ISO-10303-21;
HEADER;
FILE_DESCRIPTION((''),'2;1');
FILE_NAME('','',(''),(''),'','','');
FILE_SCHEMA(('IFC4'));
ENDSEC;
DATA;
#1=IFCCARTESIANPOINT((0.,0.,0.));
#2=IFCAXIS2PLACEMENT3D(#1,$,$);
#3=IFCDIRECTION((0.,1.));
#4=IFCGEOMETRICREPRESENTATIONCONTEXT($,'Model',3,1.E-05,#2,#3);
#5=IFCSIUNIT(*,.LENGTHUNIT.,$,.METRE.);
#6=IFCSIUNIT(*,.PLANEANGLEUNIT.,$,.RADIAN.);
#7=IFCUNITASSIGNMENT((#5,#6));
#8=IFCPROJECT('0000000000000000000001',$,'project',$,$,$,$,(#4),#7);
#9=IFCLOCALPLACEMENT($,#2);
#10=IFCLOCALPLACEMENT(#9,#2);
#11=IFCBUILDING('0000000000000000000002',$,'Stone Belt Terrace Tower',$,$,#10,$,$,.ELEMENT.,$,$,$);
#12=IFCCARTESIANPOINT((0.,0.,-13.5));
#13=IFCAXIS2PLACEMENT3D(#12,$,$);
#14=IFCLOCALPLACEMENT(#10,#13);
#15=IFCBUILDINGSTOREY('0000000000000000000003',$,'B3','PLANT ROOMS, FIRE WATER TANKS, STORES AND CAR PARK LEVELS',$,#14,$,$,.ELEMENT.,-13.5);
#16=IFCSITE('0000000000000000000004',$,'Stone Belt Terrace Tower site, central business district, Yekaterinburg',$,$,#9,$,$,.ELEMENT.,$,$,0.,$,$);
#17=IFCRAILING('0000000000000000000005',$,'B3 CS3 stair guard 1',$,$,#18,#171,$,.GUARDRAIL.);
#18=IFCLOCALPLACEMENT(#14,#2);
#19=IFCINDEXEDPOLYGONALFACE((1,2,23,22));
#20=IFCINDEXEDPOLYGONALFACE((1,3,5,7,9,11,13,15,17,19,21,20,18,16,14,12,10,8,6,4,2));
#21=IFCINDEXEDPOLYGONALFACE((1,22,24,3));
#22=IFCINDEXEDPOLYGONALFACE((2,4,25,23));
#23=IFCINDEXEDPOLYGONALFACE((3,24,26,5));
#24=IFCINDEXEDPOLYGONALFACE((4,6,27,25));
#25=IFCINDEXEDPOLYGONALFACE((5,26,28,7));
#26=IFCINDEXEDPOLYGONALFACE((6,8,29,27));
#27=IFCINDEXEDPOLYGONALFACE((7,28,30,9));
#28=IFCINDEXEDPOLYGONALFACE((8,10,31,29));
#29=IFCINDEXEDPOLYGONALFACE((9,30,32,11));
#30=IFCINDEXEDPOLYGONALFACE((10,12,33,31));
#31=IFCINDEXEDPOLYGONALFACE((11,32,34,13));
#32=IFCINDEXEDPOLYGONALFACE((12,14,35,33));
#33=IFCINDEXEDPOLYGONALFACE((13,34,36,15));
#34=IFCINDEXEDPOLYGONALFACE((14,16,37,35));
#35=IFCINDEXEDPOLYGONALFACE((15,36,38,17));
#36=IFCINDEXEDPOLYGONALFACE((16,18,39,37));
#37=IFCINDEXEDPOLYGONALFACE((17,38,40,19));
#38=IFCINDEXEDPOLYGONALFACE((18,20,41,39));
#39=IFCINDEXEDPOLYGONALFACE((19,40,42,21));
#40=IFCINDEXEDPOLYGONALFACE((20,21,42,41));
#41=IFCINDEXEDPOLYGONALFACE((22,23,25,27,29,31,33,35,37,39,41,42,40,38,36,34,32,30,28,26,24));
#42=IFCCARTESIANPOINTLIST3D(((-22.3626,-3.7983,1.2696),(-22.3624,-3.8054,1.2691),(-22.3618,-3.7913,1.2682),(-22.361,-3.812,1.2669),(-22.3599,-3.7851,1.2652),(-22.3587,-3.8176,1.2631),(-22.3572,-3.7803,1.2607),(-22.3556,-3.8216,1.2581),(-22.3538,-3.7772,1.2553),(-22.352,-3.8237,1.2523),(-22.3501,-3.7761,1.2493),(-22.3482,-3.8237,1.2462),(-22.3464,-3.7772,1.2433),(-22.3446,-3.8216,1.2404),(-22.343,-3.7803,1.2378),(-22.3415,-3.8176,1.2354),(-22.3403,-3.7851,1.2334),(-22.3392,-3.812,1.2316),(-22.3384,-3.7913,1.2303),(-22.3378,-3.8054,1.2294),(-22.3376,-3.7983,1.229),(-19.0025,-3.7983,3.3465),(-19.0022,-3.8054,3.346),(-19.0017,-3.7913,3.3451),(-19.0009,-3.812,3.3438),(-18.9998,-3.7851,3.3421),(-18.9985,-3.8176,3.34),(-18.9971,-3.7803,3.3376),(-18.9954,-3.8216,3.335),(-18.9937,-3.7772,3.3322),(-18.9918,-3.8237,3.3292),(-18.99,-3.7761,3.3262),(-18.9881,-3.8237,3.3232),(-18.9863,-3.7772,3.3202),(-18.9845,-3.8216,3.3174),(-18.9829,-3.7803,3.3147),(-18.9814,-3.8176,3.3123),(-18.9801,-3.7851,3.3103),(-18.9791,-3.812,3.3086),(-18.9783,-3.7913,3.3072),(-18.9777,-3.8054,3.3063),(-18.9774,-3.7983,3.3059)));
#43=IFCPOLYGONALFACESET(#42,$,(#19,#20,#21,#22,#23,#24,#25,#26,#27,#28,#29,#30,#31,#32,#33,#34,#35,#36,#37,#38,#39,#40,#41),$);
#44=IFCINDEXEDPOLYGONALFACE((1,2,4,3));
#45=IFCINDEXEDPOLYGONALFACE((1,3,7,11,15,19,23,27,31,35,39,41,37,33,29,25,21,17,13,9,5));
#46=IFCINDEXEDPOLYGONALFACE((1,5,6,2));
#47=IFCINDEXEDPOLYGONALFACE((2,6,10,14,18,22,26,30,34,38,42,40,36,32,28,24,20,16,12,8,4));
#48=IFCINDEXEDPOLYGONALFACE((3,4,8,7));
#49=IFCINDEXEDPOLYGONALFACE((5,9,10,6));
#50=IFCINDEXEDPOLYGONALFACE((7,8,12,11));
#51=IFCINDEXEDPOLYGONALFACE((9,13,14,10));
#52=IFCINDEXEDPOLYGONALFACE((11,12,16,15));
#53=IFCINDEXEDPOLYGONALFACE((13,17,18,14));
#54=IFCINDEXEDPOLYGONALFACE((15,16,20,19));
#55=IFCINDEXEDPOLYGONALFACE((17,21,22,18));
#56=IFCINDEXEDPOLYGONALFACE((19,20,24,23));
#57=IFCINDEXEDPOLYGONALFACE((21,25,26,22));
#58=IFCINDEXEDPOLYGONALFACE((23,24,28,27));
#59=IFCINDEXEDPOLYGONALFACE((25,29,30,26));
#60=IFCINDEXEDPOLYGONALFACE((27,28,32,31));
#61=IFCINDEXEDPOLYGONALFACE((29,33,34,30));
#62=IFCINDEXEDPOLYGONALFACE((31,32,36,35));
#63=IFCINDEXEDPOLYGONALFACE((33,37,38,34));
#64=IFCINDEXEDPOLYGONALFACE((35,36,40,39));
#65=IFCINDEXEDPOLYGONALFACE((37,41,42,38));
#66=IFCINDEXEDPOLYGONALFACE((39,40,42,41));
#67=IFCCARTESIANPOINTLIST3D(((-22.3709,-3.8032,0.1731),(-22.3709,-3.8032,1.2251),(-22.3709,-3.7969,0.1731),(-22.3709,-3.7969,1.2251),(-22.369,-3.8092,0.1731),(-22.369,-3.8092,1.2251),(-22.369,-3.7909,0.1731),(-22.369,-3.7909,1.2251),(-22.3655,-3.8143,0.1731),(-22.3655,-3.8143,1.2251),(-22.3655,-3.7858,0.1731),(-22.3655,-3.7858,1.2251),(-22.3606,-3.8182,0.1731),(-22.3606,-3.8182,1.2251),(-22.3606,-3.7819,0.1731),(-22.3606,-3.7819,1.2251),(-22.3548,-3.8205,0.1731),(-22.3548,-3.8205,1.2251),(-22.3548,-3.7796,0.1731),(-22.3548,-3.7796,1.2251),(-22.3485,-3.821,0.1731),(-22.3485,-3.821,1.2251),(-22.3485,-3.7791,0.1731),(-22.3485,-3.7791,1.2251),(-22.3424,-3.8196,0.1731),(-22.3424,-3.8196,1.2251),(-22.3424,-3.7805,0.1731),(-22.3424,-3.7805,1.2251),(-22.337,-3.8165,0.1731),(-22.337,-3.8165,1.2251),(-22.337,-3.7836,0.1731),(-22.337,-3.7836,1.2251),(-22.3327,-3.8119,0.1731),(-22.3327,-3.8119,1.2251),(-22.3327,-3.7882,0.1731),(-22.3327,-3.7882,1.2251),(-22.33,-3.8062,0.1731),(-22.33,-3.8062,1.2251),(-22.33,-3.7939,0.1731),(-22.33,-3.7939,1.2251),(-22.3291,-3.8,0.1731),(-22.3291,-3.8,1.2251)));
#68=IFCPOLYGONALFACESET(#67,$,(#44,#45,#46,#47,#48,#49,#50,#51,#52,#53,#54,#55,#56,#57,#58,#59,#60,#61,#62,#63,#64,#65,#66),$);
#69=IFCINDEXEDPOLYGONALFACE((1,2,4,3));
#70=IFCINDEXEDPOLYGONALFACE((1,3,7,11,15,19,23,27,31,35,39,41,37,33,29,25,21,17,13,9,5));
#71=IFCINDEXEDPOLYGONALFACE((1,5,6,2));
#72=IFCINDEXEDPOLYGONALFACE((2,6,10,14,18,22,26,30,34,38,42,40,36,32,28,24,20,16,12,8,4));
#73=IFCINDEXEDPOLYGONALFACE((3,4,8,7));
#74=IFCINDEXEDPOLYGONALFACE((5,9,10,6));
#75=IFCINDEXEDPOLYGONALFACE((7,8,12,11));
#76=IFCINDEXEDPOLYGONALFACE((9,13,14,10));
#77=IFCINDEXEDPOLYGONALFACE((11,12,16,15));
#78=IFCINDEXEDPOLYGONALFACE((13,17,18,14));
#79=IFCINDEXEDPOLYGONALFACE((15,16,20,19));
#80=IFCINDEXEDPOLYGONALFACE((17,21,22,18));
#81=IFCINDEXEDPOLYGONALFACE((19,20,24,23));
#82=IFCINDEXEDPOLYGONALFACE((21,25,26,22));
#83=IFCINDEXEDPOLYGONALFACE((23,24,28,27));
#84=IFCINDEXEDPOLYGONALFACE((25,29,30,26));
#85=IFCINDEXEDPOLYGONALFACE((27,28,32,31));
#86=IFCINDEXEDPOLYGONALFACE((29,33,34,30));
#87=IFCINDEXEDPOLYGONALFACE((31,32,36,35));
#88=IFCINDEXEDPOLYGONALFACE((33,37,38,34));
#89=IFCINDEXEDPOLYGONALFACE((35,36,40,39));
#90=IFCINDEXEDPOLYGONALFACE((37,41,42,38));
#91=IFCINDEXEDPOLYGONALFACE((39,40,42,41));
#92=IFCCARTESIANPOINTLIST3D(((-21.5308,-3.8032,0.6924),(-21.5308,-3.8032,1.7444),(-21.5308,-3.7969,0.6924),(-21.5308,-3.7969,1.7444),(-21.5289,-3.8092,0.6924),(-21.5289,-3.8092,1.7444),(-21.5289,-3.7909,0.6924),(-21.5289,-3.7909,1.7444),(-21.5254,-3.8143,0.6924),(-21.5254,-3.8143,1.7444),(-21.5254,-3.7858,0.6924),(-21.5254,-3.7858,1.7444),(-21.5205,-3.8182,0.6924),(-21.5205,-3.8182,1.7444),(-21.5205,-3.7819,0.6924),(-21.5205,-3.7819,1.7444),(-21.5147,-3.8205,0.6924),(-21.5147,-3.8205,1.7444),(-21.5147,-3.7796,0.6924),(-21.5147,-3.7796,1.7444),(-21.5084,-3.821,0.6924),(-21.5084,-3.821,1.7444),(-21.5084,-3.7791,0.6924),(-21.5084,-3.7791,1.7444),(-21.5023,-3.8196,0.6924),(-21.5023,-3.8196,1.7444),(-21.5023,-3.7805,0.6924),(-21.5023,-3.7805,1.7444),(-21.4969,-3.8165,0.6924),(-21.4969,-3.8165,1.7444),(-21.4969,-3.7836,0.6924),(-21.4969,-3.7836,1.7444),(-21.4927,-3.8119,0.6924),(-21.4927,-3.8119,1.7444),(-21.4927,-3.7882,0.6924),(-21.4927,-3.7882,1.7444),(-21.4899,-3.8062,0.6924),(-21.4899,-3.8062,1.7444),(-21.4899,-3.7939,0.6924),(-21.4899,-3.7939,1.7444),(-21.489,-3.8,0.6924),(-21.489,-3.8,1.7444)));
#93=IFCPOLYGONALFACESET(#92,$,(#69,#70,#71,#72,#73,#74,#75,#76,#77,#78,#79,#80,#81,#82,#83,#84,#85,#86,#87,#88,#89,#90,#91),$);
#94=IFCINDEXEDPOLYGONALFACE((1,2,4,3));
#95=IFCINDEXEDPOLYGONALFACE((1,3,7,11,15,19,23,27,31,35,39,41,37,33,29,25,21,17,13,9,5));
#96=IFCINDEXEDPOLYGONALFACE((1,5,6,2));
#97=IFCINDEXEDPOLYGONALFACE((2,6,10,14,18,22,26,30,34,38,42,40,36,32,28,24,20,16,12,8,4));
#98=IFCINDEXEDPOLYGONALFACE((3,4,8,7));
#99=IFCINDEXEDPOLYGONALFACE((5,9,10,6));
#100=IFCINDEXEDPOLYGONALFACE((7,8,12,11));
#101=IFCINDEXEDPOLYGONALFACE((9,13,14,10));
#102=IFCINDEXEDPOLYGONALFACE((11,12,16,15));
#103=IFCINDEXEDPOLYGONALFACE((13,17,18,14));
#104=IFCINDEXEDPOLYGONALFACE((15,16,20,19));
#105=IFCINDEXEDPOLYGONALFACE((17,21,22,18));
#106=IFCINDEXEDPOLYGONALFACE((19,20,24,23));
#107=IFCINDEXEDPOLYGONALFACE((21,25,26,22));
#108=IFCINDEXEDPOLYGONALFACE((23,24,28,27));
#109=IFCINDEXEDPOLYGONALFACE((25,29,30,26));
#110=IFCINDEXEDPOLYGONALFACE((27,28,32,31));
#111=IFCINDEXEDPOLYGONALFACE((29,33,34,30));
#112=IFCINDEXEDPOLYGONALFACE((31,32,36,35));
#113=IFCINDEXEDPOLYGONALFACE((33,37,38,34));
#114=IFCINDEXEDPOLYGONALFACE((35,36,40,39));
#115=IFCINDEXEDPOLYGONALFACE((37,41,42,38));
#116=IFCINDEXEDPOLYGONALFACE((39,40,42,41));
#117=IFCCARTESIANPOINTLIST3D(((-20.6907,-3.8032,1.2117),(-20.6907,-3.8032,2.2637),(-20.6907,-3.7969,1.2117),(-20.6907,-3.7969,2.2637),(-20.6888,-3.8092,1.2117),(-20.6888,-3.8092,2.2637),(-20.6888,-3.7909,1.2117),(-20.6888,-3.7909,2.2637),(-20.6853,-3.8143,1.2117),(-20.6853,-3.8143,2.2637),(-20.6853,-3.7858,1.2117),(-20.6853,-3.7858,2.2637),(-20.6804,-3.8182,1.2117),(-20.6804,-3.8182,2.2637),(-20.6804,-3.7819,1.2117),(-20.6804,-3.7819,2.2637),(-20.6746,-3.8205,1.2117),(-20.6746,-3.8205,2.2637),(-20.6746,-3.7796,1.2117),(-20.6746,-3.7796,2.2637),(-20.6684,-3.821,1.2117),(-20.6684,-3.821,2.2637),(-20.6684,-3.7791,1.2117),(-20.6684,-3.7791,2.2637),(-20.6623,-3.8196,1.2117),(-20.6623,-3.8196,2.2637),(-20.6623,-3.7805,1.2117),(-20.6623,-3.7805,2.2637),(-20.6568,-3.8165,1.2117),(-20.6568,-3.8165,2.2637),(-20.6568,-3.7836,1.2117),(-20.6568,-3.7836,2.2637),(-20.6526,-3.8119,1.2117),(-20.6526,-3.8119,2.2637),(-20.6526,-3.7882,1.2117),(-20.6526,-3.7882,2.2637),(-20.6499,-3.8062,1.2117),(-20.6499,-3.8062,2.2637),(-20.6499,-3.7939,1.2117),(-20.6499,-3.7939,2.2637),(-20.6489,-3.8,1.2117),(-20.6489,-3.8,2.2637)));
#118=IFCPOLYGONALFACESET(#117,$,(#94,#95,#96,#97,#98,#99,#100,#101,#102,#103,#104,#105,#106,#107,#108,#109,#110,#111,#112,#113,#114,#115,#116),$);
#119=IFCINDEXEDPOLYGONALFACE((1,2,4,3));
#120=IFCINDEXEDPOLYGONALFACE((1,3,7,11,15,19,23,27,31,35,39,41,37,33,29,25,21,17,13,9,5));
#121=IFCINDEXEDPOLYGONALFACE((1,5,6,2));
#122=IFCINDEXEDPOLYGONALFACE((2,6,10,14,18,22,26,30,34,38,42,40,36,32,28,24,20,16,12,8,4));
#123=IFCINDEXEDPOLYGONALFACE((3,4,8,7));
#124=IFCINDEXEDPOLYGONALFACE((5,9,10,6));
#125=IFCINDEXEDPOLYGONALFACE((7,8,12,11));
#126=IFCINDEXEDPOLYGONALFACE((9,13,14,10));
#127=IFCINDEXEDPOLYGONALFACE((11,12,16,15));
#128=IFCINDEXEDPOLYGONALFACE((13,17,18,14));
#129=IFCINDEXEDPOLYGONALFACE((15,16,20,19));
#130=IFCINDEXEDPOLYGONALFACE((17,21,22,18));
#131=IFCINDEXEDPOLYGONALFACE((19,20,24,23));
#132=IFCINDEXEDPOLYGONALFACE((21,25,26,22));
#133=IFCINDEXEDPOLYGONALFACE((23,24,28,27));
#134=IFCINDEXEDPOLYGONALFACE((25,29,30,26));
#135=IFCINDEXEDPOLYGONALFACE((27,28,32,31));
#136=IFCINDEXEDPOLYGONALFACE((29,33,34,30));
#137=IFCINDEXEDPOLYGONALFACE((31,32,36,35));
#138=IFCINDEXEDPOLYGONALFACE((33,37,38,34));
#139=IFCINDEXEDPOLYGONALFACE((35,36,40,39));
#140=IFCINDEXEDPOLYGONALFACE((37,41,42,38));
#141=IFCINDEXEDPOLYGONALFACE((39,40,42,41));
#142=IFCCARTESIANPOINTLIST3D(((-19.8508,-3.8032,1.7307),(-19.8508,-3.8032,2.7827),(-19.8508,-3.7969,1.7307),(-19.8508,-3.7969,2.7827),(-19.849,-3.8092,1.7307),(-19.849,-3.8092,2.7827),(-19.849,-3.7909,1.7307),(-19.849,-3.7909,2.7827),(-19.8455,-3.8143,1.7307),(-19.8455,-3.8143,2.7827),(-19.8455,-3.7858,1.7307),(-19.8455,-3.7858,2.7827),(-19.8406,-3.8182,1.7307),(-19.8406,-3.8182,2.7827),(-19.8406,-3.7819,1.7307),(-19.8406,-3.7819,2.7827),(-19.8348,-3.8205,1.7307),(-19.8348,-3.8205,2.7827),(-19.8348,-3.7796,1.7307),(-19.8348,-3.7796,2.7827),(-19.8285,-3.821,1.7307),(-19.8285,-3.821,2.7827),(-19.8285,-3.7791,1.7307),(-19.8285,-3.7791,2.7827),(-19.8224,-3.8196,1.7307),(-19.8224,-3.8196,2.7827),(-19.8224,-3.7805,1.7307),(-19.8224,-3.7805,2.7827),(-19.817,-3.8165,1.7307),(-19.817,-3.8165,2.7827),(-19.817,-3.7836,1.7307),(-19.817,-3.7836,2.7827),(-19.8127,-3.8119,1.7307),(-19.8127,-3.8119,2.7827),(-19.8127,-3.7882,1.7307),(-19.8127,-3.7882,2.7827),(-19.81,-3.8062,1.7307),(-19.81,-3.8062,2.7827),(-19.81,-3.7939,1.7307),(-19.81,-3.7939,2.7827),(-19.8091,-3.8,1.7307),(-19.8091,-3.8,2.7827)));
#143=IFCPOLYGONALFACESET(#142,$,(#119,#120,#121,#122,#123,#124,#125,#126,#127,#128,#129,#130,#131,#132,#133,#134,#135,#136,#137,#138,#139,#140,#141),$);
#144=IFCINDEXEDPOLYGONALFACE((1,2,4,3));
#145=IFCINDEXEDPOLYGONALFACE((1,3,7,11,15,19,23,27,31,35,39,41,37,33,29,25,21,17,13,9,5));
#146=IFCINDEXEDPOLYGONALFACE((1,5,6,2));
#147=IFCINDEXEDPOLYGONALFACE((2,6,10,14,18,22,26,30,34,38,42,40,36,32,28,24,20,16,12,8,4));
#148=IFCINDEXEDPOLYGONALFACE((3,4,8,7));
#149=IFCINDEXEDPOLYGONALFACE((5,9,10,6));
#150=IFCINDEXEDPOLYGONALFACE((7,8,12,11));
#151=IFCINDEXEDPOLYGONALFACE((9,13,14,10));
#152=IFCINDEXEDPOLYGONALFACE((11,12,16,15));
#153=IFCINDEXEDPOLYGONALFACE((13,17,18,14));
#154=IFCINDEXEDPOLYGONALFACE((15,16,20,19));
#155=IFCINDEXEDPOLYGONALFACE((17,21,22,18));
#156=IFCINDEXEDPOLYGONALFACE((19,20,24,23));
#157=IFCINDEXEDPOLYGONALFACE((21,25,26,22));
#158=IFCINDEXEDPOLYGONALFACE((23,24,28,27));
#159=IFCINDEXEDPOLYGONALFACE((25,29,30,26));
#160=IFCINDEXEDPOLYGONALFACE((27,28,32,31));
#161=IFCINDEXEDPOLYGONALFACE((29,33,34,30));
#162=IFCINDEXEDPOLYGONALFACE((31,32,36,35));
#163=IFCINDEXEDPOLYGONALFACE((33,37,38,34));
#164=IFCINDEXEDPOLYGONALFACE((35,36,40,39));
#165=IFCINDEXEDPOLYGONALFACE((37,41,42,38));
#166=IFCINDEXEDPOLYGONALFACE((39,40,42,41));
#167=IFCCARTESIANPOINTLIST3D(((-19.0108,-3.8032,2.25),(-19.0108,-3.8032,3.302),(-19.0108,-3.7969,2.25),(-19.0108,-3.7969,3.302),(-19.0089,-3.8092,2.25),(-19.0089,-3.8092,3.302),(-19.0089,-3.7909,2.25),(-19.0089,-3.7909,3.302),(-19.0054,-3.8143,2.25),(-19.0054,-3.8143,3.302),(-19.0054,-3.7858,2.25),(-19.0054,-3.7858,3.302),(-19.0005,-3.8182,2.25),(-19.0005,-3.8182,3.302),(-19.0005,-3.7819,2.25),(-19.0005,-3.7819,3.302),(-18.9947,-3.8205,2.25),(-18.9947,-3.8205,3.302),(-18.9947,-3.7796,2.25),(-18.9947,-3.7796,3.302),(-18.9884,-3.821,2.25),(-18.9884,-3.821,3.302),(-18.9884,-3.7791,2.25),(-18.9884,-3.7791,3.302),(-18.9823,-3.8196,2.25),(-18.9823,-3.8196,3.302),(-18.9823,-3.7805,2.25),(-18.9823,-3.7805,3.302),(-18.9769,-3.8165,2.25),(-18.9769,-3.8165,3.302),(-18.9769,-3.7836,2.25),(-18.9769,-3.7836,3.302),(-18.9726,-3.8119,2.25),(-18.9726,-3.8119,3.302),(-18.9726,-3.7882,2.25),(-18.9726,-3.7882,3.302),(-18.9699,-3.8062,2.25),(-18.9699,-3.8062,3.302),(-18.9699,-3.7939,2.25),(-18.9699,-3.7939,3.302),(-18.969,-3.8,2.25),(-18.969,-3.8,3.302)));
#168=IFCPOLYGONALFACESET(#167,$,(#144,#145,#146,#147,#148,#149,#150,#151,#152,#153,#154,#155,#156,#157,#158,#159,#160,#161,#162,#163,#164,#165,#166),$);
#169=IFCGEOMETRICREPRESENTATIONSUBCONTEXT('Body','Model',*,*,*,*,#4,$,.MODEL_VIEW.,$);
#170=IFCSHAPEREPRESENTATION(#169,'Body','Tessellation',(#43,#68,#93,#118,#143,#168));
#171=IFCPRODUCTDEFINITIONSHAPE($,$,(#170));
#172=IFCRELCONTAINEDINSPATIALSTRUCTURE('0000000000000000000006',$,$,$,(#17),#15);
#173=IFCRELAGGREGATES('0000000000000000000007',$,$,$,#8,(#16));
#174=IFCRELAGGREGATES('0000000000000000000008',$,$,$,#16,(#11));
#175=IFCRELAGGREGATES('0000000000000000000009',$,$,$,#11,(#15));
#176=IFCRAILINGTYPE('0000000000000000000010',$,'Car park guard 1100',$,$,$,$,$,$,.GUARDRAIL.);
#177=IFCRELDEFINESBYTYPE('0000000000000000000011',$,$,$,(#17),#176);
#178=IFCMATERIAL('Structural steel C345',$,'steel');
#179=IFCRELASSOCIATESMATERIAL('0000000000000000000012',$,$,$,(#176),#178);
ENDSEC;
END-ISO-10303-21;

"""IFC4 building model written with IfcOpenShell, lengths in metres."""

from ifc_helpers import new_model, si_unit, direction, frame, origin, origin_2d, place, context, subcontext, project, spatial, circle, extrude, material, type_object, element, save


model = new_model("IFC4")

# Units and contexts
model_context = context("Model", 3, precision=1e-05, world=origin(), true_north=direction((0.0, 1.0)))
body_context = subcontext(model_context, "Body", "Model", "MODEL_VIEW")
ifc_project = project(units=[si_unit("LENGTHUNIT", "METRE"), si_unit("PLANEANGLEUNIT", "RADIAN")], contexts=[model_context])

# Site, building, storey
site_placement = place(None, origin())
site = spatial("IfcSite", under=ifc_project, at=site_placement, Name="Stone Belt Terrace Tower site, central business district, Yekaterinburg", CompositionType="ELEMENT", RefElevation=0.0)
building_placement = place(site_placement, origin())
building = spatial("IfcBuilding", under=site, at=building_placement, Name="Stone Belt Terrace Tower", CompositionType="ELEMENT")
storey_placement = place(building_placement, frame((0.0, 0.0, -13.5)))
storey = spatial("IfcBuildingStorey", under=building, at=storey_placement, Name="B3", Description="PLANT ROOMS, FIRE WATER TANKS, STORES AND CAR PARK LEVELS", CompositionType="ELEMENT", Elevation=-13.5)

# Railing
ifc_material_1 = material(Name="Structural steel C345", Category="steel")
railing_type_1 = type_object("IfcRailingType", Name="Car park guard 1100", PredefinedType="GUARDRAIL", material=ifc_material_1)
railing_1_placement = place(storey_placement, frame((-22.3501, -3.8, 0.1731)))
element("IfcRailing", 1, at=railing_1_placement, inside=storey, type_object=railing_type_1, Name="B3 CS3 stair guard 1", PredefinedType="GUARDRAIL", context=body_context, shape_type="SweptSolid", body=[
    extrude(circle(Radius=0.0239, at=origin_2d()), frame((0.0, 0.0, 1.0762), z_axis=(0.850623, 0.0, 0.525776), x_axis=(0.0, 1.0, 0.0)), (0.0, 0.0, 1.0), 3.9502),
    extrude(circle(Radius=0.021, at=origin_2d()), origin(), (0.0, 0.0, 1.0), 1.052),
    extrude(circle(Radius=0.021, at=origin_2d()), frame((0.8401, 0.0, 0.5193)), (0.0, 0.0, 1.0), 1.052),
    extrude(circle(Radius=0.021, at=origin_2d()), frame((1.6802, 0.0, 1.0386)), (0.0, 0.0, 1.0), 1.052),
    extrude(circle(Radius=0.021, at=origin_2d()), frame((2.52, 0.0, 1.5576)), (0.0, 0.0, 1.0), 1.052),
    extrude(circle(Radius=0.021, at=origin_2d()), frame((3.3601, 0.0, 2.0769)), (0.0, 0.0, 1.0), 1.052),
])

save(model, "model.ifc")
